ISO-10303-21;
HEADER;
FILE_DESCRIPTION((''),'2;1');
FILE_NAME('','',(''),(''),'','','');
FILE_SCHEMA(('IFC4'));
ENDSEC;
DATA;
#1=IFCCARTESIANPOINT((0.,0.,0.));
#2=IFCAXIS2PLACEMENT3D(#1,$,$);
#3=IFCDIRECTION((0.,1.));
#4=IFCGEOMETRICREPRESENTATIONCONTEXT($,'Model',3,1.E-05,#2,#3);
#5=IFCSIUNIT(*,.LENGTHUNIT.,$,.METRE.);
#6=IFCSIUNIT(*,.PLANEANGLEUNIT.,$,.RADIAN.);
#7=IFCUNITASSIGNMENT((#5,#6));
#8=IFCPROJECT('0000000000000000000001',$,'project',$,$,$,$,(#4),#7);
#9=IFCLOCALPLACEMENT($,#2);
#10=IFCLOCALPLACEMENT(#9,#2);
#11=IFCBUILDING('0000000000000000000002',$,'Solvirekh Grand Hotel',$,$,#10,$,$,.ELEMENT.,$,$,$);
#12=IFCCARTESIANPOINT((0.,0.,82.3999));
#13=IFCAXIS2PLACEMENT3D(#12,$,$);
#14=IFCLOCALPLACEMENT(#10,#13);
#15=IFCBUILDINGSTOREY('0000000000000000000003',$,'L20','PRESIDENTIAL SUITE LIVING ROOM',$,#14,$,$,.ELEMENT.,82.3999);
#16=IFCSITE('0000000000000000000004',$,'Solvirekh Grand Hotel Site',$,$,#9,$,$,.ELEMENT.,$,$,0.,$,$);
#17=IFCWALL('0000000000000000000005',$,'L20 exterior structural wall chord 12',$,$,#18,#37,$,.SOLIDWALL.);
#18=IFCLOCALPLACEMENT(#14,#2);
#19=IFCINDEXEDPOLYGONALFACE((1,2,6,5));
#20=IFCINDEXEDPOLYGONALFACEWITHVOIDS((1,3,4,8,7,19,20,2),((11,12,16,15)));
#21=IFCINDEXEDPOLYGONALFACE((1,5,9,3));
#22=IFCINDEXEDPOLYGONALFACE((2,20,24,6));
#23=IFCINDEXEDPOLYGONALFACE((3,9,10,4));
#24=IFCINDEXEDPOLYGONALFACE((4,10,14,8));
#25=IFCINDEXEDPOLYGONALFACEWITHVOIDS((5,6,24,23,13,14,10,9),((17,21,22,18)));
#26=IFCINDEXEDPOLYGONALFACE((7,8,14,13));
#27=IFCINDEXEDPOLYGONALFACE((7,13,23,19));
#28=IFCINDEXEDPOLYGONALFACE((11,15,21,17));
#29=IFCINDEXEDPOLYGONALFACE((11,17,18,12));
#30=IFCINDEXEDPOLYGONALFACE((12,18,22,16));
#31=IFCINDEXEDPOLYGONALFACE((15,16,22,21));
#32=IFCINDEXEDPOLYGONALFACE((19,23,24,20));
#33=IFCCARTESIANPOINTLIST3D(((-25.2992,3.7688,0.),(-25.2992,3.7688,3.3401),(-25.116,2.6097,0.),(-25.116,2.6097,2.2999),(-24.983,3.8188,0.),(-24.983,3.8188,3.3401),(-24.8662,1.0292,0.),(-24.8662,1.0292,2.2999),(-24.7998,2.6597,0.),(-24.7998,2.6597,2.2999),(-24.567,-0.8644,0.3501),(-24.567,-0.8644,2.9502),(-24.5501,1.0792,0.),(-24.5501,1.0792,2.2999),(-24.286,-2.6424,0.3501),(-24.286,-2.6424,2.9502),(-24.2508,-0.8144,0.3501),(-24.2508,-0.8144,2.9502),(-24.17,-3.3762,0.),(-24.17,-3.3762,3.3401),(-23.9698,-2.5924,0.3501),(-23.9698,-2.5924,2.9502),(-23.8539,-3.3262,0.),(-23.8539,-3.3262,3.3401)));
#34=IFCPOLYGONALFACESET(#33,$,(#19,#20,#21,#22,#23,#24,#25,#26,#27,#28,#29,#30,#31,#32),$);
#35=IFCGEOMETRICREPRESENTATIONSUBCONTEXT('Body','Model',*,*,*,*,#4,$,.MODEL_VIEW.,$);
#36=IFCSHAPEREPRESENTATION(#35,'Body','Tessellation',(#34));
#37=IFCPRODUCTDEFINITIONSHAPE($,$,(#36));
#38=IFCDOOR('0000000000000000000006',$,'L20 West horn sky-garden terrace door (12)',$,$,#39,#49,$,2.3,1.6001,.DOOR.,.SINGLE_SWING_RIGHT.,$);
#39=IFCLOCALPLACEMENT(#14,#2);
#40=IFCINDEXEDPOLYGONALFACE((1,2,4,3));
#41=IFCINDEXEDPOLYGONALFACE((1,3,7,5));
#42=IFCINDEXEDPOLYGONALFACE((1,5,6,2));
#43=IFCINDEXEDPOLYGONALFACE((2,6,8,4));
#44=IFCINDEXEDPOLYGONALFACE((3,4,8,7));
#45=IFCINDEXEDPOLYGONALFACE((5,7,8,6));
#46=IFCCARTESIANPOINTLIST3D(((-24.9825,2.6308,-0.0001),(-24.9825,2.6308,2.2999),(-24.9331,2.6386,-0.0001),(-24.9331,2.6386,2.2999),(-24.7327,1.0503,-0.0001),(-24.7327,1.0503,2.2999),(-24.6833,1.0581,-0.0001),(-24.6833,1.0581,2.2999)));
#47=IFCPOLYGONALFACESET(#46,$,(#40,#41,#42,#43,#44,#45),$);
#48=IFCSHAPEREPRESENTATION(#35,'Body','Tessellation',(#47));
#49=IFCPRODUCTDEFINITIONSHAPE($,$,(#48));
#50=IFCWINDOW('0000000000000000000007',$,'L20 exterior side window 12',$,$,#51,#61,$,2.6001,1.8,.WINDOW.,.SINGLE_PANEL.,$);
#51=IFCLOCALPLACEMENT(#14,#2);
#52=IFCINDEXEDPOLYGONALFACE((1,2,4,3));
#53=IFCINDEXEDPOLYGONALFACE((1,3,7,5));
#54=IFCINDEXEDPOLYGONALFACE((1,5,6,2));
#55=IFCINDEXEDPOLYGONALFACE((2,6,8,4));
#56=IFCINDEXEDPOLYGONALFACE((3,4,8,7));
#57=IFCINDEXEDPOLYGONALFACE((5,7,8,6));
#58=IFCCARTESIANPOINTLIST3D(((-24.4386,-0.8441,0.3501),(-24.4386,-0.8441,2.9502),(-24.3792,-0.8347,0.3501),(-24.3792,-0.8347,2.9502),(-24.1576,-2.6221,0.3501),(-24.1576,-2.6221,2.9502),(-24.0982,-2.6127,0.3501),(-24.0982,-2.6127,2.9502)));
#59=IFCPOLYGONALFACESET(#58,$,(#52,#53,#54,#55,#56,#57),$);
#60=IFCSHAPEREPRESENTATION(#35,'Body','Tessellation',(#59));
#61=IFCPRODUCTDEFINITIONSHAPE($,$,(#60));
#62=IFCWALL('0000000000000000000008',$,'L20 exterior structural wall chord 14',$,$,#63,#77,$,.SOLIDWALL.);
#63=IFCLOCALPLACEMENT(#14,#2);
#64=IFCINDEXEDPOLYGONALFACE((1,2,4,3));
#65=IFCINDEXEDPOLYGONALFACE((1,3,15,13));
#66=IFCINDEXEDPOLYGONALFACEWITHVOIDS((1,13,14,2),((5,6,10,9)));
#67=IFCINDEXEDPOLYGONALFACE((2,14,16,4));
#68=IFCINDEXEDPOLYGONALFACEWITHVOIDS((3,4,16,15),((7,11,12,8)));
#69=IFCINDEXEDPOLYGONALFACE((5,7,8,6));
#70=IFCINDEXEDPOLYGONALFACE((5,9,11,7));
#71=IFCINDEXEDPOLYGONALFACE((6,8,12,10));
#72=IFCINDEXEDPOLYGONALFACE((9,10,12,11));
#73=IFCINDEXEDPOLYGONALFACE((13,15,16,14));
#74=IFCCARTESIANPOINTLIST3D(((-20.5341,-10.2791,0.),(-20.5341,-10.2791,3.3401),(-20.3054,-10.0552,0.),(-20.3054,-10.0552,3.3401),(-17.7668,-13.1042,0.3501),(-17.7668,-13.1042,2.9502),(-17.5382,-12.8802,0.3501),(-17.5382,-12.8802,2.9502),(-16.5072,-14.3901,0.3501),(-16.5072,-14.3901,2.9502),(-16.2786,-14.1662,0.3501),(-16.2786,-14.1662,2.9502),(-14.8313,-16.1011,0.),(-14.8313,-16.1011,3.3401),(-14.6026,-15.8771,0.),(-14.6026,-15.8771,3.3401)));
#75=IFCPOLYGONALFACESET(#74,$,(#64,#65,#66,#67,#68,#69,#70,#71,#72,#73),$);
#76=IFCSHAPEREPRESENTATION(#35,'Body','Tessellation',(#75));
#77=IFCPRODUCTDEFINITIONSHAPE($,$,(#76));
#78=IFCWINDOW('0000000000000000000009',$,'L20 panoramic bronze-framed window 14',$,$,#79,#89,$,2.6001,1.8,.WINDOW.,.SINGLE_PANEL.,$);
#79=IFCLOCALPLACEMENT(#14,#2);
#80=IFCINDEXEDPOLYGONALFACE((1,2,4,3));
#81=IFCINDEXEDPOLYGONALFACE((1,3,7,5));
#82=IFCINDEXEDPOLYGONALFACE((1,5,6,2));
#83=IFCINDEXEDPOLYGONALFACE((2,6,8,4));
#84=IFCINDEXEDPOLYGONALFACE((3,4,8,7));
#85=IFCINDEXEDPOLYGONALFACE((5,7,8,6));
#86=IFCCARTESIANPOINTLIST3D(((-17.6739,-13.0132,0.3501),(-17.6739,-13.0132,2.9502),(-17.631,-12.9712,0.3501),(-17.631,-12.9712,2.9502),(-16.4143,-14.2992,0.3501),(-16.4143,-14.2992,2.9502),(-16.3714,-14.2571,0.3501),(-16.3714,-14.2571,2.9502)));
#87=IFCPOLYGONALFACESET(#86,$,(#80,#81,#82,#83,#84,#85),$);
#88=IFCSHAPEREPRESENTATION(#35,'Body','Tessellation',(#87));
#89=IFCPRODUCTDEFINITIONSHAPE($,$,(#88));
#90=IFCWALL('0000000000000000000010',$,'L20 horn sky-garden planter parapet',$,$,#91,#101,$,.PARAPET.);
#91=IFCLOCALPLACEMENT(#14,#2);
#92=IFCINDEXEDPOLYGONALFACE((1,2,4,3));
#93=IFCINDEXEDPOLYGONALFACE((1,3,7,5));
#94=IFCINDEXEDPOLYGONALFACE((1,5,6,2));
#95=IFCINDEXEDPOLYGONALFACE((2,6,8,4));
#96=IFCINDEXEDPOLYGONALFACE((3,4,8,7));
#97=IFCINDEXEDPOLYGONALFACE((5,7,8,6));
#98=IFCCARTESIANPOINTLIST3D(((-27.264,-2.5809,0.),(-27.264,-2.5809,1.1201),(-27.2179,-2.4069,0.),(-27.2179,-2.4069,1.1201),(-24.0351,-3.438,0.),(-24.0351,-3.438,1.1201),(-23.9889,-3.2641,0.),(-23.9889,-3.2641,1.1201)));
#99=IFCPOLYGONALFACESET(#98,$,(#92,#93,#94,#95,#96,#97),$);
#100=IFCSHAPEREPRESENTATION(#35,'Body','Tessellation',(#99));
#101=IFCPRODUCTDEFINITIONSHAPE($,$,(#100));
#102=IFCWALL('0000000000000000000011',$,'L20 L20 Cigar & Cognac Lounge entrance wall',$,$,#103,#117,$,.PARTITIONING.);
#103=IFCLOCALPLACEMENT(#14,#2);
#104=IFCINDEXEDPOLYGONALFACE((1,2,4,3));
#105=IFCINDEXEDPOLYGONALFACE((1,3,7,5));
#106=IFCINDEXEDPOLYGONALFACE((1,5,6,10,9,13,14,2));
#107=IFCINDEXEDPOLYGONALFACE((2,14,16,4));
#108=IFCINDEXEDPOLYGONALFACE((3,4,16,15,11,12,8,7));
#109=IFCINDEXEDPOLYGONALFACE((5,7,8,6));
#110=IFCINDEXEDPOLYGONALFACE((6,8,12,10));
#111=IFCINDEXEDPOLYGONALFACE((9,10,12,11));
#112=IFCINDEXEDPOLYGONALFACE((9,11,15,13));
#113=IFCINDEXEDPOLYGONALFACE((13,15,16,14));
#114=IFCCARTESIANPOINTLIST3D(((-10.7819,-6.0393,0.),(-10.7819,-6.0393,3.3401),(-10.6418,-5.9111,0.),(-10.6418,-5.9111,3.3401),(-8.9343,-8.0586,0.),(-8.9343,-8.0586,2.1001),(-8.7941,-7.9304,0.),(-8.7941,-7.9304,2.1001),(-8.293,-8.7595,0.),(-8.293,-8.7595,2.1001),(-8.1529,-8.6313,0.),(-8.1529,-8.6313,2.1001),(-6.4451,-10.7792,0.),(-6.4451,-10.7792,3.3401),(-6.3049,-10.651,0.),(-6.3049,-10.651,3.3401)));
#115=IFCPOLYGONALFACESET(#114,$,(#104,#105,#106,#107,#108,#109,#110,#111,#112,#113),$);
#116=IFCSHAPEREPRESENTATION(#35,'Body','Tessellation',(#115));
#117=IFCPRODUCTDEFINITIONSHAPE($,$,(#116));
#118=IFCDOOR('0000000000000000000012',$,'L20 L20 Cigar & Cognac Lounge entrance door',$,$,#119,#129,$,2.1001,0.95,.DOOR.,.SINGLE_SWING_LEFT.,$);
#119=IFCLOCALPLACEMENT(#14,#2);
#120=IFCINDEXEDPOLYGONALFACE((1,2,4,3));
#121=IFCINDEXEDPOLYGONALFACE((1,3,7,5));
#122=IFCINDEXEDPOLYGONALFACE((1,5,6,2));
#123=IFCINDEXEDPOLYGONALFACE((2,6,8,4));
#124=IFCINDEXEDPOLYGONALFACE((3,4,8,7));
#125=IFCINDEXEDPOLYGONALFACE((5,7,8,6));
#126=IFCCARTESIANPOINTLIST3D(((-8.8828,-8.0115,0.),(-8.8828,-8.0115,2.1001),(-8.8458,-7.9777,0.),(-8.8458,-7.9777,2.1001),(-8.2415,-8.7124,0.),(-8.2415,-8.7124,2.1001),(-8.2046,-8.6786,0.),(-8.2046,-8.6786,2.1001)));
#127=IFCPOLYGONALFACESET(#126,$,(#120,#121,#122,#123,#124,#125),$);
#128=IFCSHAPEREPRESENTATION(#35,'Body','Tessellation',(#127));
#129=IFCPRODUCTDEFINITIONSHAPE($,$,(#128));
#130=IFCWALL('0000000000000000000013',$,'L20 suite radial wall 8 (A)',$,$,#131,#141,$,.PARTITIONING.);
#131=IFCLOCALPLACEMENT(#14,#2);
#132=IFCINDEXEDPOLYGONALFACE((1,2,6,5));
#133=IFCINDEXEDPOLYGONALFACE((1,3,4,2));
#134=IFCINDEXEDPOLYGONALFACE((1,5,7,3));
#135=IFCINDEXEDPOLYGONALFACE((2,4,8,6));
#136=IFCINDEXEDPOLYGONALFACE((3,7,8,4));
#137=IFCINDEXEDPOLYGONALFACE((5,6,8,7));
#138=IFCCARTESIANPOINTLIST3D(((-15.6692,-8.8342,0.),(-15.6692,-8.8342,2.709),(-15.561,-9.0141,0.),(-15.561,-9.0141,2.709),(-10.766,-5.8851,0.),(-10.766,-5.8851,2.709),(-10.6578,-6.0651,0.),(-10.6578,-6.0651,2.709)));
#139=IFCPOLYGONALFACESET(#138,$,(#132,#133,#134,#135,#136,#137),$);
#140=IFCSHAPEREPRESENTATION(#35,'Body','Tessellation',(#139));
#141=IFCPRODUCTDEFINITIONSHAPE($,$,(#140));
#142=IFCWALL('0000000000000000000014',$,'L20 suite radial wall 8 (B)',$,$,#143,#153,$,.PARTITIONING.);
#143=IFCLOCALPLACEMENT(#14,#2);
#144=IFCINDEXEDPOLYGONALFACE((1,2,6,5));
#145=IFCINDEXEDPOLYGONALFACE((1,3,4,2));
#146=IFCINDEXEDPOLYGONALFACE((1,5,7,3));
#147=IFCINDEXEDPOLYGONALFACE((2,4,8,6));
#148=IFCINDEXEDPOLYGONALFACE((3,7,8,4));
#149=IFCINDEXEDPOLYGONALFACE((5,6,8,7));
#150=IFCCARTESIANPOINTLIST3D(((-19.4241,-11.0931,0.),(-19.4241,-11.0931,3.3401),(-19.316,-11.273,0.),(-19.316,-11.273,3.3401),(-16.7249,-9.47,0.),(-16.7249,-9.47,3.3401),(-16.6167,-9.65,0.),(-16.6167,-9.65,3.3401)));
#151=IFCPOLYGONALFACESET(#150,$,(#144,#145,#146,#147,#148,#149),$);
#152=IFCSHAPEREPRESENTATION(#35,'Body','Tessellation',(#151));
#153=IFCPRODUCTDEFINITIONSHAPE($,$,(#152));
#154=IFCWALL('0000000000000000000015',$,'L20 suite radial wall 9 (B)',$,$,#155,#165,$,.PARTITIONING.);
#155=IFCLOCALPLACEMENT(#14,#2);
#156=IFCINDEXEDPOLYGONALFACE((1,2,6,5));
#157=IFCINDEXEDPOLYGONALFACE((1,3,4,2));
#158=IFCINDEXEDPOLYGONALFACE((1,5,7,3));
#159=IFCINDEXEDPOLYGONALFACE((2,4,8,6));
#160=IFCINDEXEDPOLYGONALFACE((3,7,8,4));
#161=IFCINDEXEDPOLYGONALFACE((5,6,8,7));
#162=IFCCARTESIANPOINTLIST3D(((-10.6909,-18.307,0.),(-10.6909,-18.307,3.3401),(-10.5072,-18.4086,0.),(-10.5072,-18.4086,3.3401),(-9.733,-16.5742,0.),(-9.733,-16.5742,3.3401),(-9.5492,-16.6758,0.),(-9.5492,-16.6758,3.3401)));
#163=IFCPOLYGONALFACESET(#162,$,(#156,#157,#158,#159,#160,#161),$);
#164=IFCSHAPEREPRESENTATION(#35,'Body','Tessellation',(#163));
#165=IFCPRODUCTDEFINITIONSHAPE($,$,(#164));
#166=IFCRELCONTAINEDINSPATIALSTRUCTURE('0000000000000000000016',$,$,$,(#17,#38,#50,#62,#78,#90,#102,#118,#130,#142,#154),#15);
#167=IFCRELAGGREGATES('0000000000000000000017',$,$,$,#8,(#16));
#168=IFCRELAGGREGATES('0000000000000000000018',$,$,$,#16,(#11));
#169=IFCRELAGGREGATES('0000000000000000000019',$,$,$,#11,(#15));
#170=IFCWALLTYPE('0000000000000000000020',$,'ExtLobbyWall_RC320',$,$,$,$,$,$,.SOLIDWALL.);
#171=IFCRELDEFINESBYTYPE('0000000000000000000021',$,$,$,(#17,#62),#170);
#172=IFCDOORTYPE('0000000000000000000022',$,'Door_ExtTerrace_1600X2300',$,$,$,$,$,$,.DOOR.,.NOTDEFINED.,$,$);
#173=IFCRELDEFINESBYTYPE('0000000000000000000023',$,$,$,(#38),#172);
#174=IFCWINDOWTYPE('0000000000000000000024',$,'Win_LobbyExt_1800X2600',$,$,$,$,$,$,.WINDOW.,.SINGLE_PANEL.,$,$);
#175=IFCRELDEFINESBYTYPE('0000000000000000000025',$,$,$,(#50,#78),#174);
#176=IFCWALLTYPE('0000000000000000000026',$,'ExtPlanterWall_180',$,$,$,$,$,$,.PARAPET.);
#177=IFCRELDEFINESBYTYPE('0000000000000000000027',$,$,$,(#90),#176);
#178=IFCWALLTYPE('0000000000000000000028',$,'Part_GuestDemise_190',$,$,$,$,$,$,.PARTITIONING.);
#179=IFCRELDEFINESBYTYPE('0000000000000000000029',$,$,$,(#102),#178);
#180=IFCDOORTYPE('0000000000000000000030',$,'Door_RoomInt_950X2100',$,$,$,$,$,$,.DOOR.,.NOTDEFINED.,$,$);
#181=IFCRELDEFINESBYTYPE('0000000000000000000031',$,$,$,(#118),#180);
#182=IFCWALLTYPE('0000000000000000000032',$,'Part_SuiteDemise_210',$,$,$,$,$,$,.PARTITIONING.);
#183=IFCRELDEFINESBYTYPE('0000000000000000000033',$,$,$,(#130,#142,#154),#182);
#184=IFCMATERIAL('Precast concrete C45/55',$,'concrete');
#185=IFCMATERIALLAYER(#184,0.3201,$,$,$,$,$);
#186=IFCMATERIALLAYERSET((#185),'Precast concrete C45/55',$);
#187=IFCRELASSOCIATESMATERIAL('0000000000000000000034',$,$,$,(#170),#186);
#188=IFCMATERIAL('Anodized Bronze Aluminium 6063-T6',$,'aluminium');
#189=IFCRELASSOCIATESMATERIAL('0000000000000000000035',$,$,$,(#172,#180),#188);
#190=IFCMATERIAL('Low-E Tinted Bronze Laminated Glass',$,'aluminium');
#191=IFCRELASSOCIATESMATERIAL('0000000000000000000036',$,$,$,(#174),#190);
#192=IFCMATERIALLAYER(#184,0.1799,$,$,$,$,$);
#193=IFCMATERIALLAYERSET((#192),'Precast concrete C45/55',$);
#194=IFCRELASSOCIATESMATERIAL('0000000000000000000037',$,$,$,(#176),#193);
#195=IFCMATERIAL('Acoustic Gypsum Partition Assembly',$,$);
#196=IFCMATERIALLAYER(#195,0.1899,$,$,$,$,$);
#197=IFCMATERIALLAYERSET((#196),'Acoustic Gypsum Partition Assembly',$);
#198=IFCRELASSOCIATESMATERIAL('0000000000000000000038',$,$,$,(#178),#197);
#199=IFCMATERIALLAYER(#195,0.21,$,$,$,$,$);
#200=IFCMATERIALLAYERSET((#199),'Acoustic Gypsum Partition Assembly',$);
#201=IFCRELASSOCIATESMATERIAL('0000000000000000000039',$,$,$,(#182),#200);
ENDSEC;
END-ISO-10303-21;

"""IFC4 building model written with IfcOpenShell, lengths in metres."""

from ifc_helpers import new_model, si_unit, direction, frame, frame_2d, origin, place, context, subcontext, project, spatial, rectangle, extrude, material, layer, layer_set, type_object, element, fill, save


model = new_model("IFC4")

# Units and contexts
model_context = context("Model", 3, precision=1e-05, world=origin(), true_north=direction((0.0, 1.0)))
body_context = subcontext(model_context, "Body", "Model", "MODEL_VIEW")
ifc_project = project(units=[si_unit("LENGTHUNIT", "METRE"), si_unit("PLANEANGLEUNIT", "RADIAN")], contexts=[model_context])

# Site, building, storey
site_placement = place(None, origin())
site = spatial("IfcSite", under=ifc_project, at=site_placement, Name="Solvirekh Grand Hotel Site", CompositionType="ELEMENT", RefElevation=0.0)
building_placement = place(site_placement, origin())
building = spatial("IfcBuilding", under=site, at=building_placement, Name="Solvirekh Grand Hotel", CompositionType="ELEMENT")
storey_placement = place(building_placement, frame((0.0, 0.0, 82.3999)))
storey = spatial("IfcBuildingStorey", under=building, at=storey_placement, Name="L20", Description="PRESIDENTIAL SUITE LIVING ROOM", CompositionType="ELEMENT", Elevation=82.3999)

# Shared definitions
ifc_material_1 = material(Name="Anodized Bronze Aluminium 6063-T6", Category="aluminium")

# Shared definitions
ifc_material_2 = material(Name="Low-E Tinted Bronze Laminated Glass", Category="aluminium")

# Wall, openings, door, window
ifc_material_3 = material(Name="Precast concrete C45/55", Category="concrete")
ifc_layer_1 = layer(ifc_material_3, 0.3201)
ifc_layer_set_1 = layer_set([ifc_layer_1], Name="Precast concrete C45/55")
wall_type_1 = type_object("IfcWallType", Name="ExtLobbyWall_RC320", PredefinedType="SOLIDWALL", material=ifc_layer_set_1)
wall_1_placement = place(storey_placement, frame((-24.012, -3.3511, 0.0), z_axis=(0.0, 0.0, 1.0), x_axis=(-0.156096, 0.987742, 0.0)))
wall_1 = element("IfcWall", 1, at=wall_1_placement, inside=storey, type_object=wall_type_1, Name="L20 exterior structural wall chord 12", PredefinedType="SOLIDWALL", context=body_context, shape_type="SweptSolid", body=[
    extrude(rectangle(XDim=7.2336, YDim=0.3201, at=frame_2d((3.6167, 0.0))), origin(), (0.0, 0.0, 1.0), 3.3401),
])
opening_1_placement = place(wall_1_placement, frame((0.7429, 0.0, 0.3501)))
opening_1 = element("IfcOpeningElement", 2, at=opening_1_placement, cuts=wall_1, PredefinedType="OPENING", context=body_context, shape_type="SweptSolid", body=[
    extrude(rectangle(XDim=1.8, YDim=2.6001, at=frame_2d((0.8999, 1.3))), frame((0.0, 0.1699, 0.0), z_axis=(0.0, -1.0, 0.0), x_axis=(1.0, 0.0, 0.0)), (0.0, 0.0, 1.0), 0.3401),
])
opening_2_placement = place(wall_1_placement, frame((4.46, 0.0, 0.0)))
opening_2 = element("IfcOpeningElement", 3, at=opening_2_placement, cuts=wall_1, PredefinedType="OPENING", context=body_context, shape_type="SweptSolid", body=[
    extrude(rectangle(XDim=1.6001, YDim=2.3, at=frame_2d((0.8, 1.1499))), frame((0.0, 0.1699, 0.0), z_axis=(0.0, -1.0, 0.0), x_axis=(1.0, 0.0, 0.0)), (0.0, 0.0, 1.0), 0.3401),
])
door_type_1 = type_object("IfcDoorType", Name="Door_ExtTerrace_1600X2300", OperationType="NOTDEFINED", PredefinedType="DOOR", material=ifc_material_1)
door_1_placement = place(opening_2_placement, origin())
door_1 = element("IfcDoor", 4, at=door_1_placement, inside=storey, type_object=door_type_1, Name="L20 West horn sky-garden terrace door (12)", OperationType="SINGLE_SWING_RIGHT", OverallHeight=2.3, OverallWidth=1.6001, PredefinedType="DOOR", context=body_context, shape_type="SweptSolid", body=[
    extrude(rectangle(XDim=1.6001, YDim=2.3, at=frame_2d((0.8, 1.1499))), frame((0.0, 0.0249, 0.0), z_axis=(0.0, -1.0, 0.0), x_axis=(1.0, 0.0, 0.0)), (0.0, 0.0, 1.0), 0.05),
])
fill(opening_2, door_1)
window_type = type_object("IfcWindowType", Name="Win_LobbyExt_1800X2600", PartitioningType="SINGLE_PANEL", PredefinedType="WINDOW", material=ifc_material_2)
window_1_placement = place(opening_1_placement, origin())
window_1 = element("IfcWindow", 5, at=window_1_placement, inside=storey, type_object=window_type, Name="L20 exterior side window 12", OverallHeight=2.6001, OverallWidth=1.8, PartitioningType="SINGLE_PANEL", PredefinedType="WINDOW", context=body_context, shape_type="SweptSolid", body=[
    extrude(rectangle(XDim=1.8, YDim=2.6001, at=frame_2d((0.8999, 1.3))), frame((0.0, 0.03, 0.0), z_axis=(0.0, -1.0, 0.0), x_axis=(1.0, 0.0, 0.0)), (0.0, 0.0, 1.0), 0.0601),
])
fill(opening_1, window_1)

# Wall, opening, window
wall_2_placement = place(storey_placement, frame((-14.717, -15.989, 0.0), z_axis=(0.0, 0.0, 1.0), x_axis=(-0.69976, 0.714378, 0.0)))
wall_2 = element("IfcWall", 6, at=wall_2_placement, inside=storey, type_object=wall_type_1, Name="L20 exterior structural wall chord 14", PredefinedType="SOLIDWALL", context=body_context, shape_type="SweptSolid", body=[
    extrude(rectangle(XDim=8.1497, YDim=0.3201, at=frame_2d((4.0747, 0.0))), origin(), (0.0, 0.0, 1.0), 3.3401),
])
opening_3_placement = place(wall_2_placement, frame((2.395, 0.0, 0.3501)))
opening_3 = element("IfcOpeningElement", 7, at=opening_3_placement, cuts=wall_2, PredefinedType="OPENING", context=body_context, shape_type="SweptSolid", body=[
    extrude(rectangle(XDim=1.8, YDim=2.6001, at=frame_2d((0.8999, 1.3))), frame((0.0, 0.1699, 0.0), z_axis=(0.0, -1.0, 0.0), x_axis=(1.0, 0.0, 0.0)), (0.0, 0.0, 1.0), 0.3401),
])
window_2_placement = place(opening_3_placement, origin())
window_2 = element("IfcWindow", 8, at=window_2_placement, inside=storey, type_object=window_type, Name="L20 panoramic bronze-framed window 14", OverallHeight=2.6001, OverallWidth=1.8, PartitioningType="SINGLE_PANEL", PredefinedType="WINDOW", context=body_context, shape_type="SweptSolid", body=[
    extrude(rectangle(XDim=1.8, YDim=2.6001, at=frame_2d((0.8999, 1.3))), frame((0.0, 0.03, 0.0), z_axis=(0.0, -1.0, 0.0), x_axis=(1.0, 0.0, 0.0)), (0.0, 0.0, 1.0), 0.0601),
])
fill(opening_3, window_2)

# Wall
ifc_layer_2 = layer(ifc_material_3, 0.1799)
ifc_layer_set_2 = layer_set([ifc_layer_2], Name="Precast concrete C45/55")
wall_type_2 = type_object("IfcWallType", Name="ExtPlanterWall_180", PredefinedType="PARAPET", material=ifc_layer_set_2)
wall_3_placement = place(storey_placement, frame((-27.241, -2.4939, 0.0), z_axis=(0.0, 0.0, 1.0), x_axis=(0.966524, -0.256575, 0.0)))
element("IfcWall", 9, at=wall_3_placement, inside=storey, type_object=wall_type_2, Name="L20 horn sky-garden planter parapet", PredefinedType="PARAPET", context=body_context, shape_type="SweptSolid", body=[
    extrude(rectangle(XDim=3.3408, YDim=0.1799, at=frame_2d((1.6704, 0.0))), origin(), (0.0, 0.0, 1.0), 1.1201),
])

# Wall, opening, door
ifc_material_4 = material(Name="Acoustic Gypsum Partition Assembly")
ifc_layer_3 = layer(ifc_material_4, 0.1899)
ifc_layer_set_3 = layer_set([ifc_layer_3], Name="Acoustic Gypsum Partition Assembly")
wall_type_3 = type_object("IfcWallType", Name="Part_GuestDemise_190", PredefinedType="PARTITIONING", material=ifc_layer_set_3)
wall_4_placement = place(storey_placement, frame((-10.7119, -5.9751, 0.0), z_axis=(0.0, 0.0, 1.0), x_axis=(0.675041, -0.73778, 0.0)))
wall_4 = element("IfcWall", 10, at=wall_4_placement, inside=storey, type_object=wall_type_3, Name="L20 L20 Cigar & Cognac Lounge entrance wall", PredefinedType="PARTITIONING", context=body_context, shape_type="SweptSolid", body=[
    extrude(rectangle(XDim=6.4246, YDim=0.1899, at=frame_2d((3.2124, 0.0))), origin(), (0.0, 0.0, 1.0), 3.3401),
])
opening_4_placement = place(wall_4_placement, frame((2.7371, 0.0, 0.0)))
opening_4 = element("IfcOpeningElement", 11, at=opening_4_placement, cuts=wall_4, PredefinedType="OPENING", context=body_context, shape_type="SweptSolid", body=[
    extrude(rectangle(XDim=0.95, YDim=2.1001, at=frame_2d((0.4751, 1.05))), frame((0.0, 0.105, 0.0), z_axis=(0.0, -1.0, 0.0), x_axis=(1.0, 0.0, 0.0)), (0.0, 0.0, 1.0), 0.21),
])
door_type_2 = type_object("IfcDoorType", Name="Door_RoomInt_950X2100", OperationType="NOTDEFINED", PredefinedType="DOOR", material=ifc_material_1)
door_2_placement = place(opening_4_placement, origin())
door_2 = element("IfcDoor", 12, at=door_2_placement, inside=storey, type_object=door_type_2, Name="L20 L20 Cigar & Cognac Lounge entrance door", OperationType="SINGLE_SWING_LEFT", OverallHeight=2.1001, OverallWidth=0.95, PredefinedType="DOOR", context=body_context, shape_type="SweptSolid", body=[
    extrude(rectangle(XDim=0.95, YDim=2.1001, at=frame_2d((0.4751, 1.05))), frame((0.0, 0.0249, 0.0), z_axis=(0.0, -1.0, 0.0), x_axis=(1.0, 0.0, 0.0)), (0.0, 0.0, 1.0), 0.05),
])
fill(opening_4, door_2)

# Walls
ifc_layer_4 = layer(ifc_material_4, 0.21)
ifc_layer_set_4 = layer_set([ifc_layer_4], Name="Acoustic Gypsum Partition Assembly")
wall_type_4 = type_object("IfcWallType", Name="Part_SuiteDemise_210", PredefinedType="PARTITIONING", material=ifc_layer_set_4)
wall_5_placement = place(storey_placement, frame((-10.7119, -5.9751, 0.0), z_axis=(0.0, 0.0, 1.0), x_axis=(-0.856943, -0.515412, 0.0)))
element("IfcWall", 13, at=wall_5_placement, inside=storey, type_object=wall_type_4, Name="L20 suite radial wall 8 (A)", PredefinedType="PARTITIONING", context=body_context, shape_type="SweptSolid", body=[
    extrude(rectangle(XDim=5.7217, YDim=0.21, at=frame_2d((2.8608, 0.0))), origin(), (0.0, 0.0, 1.0), 2.709),
])
wall_6_placement = place(storey_placement, frame((-16.6709, -9.5601, 0.0), z_axis=(0.0, 0.0, 1.0), x_axis=(-0.857, -0.515316, 0.0)))
element("IfcWall", 14, at=wall_6_placement, inside=storey, type_object=wall_type_4, Name="L20 suite radial wall 8 (B)", PredefinedType="PARTITIONING", context=body_context, shape_type="SweptSolid", body=[
    extrude(rectangle(XDim=3.1497, YDim=0.21, at=frame_2d((1.5747, 0.0))), origin(), (0.0, 0.0, 1.0), 3.3401),
])
wall_7_placement = place(storey_placement, frame((-9.6411, -16.625, 0.0), z_axis=(0.0, 0.0, 1.0), x_axis=(-0.48382, -0.875167, 0.0)))
element("IfcWall", 15, at=wall_7_placement, inside=storey, type_object=wall_type_4, Name="L20 suite radial wall 9 (B)", PredefinedType="PARTITIONING", context=body_context, shape_type="SweptSolid", body=[
    extrude(rectangle(XDim=1.98, YDim=0.21, at=frame_2d((0.99, 0.0))), origin(), (0.0, 0.0, 1.0), 3.3401),
])

save(model, "model.ifc")
